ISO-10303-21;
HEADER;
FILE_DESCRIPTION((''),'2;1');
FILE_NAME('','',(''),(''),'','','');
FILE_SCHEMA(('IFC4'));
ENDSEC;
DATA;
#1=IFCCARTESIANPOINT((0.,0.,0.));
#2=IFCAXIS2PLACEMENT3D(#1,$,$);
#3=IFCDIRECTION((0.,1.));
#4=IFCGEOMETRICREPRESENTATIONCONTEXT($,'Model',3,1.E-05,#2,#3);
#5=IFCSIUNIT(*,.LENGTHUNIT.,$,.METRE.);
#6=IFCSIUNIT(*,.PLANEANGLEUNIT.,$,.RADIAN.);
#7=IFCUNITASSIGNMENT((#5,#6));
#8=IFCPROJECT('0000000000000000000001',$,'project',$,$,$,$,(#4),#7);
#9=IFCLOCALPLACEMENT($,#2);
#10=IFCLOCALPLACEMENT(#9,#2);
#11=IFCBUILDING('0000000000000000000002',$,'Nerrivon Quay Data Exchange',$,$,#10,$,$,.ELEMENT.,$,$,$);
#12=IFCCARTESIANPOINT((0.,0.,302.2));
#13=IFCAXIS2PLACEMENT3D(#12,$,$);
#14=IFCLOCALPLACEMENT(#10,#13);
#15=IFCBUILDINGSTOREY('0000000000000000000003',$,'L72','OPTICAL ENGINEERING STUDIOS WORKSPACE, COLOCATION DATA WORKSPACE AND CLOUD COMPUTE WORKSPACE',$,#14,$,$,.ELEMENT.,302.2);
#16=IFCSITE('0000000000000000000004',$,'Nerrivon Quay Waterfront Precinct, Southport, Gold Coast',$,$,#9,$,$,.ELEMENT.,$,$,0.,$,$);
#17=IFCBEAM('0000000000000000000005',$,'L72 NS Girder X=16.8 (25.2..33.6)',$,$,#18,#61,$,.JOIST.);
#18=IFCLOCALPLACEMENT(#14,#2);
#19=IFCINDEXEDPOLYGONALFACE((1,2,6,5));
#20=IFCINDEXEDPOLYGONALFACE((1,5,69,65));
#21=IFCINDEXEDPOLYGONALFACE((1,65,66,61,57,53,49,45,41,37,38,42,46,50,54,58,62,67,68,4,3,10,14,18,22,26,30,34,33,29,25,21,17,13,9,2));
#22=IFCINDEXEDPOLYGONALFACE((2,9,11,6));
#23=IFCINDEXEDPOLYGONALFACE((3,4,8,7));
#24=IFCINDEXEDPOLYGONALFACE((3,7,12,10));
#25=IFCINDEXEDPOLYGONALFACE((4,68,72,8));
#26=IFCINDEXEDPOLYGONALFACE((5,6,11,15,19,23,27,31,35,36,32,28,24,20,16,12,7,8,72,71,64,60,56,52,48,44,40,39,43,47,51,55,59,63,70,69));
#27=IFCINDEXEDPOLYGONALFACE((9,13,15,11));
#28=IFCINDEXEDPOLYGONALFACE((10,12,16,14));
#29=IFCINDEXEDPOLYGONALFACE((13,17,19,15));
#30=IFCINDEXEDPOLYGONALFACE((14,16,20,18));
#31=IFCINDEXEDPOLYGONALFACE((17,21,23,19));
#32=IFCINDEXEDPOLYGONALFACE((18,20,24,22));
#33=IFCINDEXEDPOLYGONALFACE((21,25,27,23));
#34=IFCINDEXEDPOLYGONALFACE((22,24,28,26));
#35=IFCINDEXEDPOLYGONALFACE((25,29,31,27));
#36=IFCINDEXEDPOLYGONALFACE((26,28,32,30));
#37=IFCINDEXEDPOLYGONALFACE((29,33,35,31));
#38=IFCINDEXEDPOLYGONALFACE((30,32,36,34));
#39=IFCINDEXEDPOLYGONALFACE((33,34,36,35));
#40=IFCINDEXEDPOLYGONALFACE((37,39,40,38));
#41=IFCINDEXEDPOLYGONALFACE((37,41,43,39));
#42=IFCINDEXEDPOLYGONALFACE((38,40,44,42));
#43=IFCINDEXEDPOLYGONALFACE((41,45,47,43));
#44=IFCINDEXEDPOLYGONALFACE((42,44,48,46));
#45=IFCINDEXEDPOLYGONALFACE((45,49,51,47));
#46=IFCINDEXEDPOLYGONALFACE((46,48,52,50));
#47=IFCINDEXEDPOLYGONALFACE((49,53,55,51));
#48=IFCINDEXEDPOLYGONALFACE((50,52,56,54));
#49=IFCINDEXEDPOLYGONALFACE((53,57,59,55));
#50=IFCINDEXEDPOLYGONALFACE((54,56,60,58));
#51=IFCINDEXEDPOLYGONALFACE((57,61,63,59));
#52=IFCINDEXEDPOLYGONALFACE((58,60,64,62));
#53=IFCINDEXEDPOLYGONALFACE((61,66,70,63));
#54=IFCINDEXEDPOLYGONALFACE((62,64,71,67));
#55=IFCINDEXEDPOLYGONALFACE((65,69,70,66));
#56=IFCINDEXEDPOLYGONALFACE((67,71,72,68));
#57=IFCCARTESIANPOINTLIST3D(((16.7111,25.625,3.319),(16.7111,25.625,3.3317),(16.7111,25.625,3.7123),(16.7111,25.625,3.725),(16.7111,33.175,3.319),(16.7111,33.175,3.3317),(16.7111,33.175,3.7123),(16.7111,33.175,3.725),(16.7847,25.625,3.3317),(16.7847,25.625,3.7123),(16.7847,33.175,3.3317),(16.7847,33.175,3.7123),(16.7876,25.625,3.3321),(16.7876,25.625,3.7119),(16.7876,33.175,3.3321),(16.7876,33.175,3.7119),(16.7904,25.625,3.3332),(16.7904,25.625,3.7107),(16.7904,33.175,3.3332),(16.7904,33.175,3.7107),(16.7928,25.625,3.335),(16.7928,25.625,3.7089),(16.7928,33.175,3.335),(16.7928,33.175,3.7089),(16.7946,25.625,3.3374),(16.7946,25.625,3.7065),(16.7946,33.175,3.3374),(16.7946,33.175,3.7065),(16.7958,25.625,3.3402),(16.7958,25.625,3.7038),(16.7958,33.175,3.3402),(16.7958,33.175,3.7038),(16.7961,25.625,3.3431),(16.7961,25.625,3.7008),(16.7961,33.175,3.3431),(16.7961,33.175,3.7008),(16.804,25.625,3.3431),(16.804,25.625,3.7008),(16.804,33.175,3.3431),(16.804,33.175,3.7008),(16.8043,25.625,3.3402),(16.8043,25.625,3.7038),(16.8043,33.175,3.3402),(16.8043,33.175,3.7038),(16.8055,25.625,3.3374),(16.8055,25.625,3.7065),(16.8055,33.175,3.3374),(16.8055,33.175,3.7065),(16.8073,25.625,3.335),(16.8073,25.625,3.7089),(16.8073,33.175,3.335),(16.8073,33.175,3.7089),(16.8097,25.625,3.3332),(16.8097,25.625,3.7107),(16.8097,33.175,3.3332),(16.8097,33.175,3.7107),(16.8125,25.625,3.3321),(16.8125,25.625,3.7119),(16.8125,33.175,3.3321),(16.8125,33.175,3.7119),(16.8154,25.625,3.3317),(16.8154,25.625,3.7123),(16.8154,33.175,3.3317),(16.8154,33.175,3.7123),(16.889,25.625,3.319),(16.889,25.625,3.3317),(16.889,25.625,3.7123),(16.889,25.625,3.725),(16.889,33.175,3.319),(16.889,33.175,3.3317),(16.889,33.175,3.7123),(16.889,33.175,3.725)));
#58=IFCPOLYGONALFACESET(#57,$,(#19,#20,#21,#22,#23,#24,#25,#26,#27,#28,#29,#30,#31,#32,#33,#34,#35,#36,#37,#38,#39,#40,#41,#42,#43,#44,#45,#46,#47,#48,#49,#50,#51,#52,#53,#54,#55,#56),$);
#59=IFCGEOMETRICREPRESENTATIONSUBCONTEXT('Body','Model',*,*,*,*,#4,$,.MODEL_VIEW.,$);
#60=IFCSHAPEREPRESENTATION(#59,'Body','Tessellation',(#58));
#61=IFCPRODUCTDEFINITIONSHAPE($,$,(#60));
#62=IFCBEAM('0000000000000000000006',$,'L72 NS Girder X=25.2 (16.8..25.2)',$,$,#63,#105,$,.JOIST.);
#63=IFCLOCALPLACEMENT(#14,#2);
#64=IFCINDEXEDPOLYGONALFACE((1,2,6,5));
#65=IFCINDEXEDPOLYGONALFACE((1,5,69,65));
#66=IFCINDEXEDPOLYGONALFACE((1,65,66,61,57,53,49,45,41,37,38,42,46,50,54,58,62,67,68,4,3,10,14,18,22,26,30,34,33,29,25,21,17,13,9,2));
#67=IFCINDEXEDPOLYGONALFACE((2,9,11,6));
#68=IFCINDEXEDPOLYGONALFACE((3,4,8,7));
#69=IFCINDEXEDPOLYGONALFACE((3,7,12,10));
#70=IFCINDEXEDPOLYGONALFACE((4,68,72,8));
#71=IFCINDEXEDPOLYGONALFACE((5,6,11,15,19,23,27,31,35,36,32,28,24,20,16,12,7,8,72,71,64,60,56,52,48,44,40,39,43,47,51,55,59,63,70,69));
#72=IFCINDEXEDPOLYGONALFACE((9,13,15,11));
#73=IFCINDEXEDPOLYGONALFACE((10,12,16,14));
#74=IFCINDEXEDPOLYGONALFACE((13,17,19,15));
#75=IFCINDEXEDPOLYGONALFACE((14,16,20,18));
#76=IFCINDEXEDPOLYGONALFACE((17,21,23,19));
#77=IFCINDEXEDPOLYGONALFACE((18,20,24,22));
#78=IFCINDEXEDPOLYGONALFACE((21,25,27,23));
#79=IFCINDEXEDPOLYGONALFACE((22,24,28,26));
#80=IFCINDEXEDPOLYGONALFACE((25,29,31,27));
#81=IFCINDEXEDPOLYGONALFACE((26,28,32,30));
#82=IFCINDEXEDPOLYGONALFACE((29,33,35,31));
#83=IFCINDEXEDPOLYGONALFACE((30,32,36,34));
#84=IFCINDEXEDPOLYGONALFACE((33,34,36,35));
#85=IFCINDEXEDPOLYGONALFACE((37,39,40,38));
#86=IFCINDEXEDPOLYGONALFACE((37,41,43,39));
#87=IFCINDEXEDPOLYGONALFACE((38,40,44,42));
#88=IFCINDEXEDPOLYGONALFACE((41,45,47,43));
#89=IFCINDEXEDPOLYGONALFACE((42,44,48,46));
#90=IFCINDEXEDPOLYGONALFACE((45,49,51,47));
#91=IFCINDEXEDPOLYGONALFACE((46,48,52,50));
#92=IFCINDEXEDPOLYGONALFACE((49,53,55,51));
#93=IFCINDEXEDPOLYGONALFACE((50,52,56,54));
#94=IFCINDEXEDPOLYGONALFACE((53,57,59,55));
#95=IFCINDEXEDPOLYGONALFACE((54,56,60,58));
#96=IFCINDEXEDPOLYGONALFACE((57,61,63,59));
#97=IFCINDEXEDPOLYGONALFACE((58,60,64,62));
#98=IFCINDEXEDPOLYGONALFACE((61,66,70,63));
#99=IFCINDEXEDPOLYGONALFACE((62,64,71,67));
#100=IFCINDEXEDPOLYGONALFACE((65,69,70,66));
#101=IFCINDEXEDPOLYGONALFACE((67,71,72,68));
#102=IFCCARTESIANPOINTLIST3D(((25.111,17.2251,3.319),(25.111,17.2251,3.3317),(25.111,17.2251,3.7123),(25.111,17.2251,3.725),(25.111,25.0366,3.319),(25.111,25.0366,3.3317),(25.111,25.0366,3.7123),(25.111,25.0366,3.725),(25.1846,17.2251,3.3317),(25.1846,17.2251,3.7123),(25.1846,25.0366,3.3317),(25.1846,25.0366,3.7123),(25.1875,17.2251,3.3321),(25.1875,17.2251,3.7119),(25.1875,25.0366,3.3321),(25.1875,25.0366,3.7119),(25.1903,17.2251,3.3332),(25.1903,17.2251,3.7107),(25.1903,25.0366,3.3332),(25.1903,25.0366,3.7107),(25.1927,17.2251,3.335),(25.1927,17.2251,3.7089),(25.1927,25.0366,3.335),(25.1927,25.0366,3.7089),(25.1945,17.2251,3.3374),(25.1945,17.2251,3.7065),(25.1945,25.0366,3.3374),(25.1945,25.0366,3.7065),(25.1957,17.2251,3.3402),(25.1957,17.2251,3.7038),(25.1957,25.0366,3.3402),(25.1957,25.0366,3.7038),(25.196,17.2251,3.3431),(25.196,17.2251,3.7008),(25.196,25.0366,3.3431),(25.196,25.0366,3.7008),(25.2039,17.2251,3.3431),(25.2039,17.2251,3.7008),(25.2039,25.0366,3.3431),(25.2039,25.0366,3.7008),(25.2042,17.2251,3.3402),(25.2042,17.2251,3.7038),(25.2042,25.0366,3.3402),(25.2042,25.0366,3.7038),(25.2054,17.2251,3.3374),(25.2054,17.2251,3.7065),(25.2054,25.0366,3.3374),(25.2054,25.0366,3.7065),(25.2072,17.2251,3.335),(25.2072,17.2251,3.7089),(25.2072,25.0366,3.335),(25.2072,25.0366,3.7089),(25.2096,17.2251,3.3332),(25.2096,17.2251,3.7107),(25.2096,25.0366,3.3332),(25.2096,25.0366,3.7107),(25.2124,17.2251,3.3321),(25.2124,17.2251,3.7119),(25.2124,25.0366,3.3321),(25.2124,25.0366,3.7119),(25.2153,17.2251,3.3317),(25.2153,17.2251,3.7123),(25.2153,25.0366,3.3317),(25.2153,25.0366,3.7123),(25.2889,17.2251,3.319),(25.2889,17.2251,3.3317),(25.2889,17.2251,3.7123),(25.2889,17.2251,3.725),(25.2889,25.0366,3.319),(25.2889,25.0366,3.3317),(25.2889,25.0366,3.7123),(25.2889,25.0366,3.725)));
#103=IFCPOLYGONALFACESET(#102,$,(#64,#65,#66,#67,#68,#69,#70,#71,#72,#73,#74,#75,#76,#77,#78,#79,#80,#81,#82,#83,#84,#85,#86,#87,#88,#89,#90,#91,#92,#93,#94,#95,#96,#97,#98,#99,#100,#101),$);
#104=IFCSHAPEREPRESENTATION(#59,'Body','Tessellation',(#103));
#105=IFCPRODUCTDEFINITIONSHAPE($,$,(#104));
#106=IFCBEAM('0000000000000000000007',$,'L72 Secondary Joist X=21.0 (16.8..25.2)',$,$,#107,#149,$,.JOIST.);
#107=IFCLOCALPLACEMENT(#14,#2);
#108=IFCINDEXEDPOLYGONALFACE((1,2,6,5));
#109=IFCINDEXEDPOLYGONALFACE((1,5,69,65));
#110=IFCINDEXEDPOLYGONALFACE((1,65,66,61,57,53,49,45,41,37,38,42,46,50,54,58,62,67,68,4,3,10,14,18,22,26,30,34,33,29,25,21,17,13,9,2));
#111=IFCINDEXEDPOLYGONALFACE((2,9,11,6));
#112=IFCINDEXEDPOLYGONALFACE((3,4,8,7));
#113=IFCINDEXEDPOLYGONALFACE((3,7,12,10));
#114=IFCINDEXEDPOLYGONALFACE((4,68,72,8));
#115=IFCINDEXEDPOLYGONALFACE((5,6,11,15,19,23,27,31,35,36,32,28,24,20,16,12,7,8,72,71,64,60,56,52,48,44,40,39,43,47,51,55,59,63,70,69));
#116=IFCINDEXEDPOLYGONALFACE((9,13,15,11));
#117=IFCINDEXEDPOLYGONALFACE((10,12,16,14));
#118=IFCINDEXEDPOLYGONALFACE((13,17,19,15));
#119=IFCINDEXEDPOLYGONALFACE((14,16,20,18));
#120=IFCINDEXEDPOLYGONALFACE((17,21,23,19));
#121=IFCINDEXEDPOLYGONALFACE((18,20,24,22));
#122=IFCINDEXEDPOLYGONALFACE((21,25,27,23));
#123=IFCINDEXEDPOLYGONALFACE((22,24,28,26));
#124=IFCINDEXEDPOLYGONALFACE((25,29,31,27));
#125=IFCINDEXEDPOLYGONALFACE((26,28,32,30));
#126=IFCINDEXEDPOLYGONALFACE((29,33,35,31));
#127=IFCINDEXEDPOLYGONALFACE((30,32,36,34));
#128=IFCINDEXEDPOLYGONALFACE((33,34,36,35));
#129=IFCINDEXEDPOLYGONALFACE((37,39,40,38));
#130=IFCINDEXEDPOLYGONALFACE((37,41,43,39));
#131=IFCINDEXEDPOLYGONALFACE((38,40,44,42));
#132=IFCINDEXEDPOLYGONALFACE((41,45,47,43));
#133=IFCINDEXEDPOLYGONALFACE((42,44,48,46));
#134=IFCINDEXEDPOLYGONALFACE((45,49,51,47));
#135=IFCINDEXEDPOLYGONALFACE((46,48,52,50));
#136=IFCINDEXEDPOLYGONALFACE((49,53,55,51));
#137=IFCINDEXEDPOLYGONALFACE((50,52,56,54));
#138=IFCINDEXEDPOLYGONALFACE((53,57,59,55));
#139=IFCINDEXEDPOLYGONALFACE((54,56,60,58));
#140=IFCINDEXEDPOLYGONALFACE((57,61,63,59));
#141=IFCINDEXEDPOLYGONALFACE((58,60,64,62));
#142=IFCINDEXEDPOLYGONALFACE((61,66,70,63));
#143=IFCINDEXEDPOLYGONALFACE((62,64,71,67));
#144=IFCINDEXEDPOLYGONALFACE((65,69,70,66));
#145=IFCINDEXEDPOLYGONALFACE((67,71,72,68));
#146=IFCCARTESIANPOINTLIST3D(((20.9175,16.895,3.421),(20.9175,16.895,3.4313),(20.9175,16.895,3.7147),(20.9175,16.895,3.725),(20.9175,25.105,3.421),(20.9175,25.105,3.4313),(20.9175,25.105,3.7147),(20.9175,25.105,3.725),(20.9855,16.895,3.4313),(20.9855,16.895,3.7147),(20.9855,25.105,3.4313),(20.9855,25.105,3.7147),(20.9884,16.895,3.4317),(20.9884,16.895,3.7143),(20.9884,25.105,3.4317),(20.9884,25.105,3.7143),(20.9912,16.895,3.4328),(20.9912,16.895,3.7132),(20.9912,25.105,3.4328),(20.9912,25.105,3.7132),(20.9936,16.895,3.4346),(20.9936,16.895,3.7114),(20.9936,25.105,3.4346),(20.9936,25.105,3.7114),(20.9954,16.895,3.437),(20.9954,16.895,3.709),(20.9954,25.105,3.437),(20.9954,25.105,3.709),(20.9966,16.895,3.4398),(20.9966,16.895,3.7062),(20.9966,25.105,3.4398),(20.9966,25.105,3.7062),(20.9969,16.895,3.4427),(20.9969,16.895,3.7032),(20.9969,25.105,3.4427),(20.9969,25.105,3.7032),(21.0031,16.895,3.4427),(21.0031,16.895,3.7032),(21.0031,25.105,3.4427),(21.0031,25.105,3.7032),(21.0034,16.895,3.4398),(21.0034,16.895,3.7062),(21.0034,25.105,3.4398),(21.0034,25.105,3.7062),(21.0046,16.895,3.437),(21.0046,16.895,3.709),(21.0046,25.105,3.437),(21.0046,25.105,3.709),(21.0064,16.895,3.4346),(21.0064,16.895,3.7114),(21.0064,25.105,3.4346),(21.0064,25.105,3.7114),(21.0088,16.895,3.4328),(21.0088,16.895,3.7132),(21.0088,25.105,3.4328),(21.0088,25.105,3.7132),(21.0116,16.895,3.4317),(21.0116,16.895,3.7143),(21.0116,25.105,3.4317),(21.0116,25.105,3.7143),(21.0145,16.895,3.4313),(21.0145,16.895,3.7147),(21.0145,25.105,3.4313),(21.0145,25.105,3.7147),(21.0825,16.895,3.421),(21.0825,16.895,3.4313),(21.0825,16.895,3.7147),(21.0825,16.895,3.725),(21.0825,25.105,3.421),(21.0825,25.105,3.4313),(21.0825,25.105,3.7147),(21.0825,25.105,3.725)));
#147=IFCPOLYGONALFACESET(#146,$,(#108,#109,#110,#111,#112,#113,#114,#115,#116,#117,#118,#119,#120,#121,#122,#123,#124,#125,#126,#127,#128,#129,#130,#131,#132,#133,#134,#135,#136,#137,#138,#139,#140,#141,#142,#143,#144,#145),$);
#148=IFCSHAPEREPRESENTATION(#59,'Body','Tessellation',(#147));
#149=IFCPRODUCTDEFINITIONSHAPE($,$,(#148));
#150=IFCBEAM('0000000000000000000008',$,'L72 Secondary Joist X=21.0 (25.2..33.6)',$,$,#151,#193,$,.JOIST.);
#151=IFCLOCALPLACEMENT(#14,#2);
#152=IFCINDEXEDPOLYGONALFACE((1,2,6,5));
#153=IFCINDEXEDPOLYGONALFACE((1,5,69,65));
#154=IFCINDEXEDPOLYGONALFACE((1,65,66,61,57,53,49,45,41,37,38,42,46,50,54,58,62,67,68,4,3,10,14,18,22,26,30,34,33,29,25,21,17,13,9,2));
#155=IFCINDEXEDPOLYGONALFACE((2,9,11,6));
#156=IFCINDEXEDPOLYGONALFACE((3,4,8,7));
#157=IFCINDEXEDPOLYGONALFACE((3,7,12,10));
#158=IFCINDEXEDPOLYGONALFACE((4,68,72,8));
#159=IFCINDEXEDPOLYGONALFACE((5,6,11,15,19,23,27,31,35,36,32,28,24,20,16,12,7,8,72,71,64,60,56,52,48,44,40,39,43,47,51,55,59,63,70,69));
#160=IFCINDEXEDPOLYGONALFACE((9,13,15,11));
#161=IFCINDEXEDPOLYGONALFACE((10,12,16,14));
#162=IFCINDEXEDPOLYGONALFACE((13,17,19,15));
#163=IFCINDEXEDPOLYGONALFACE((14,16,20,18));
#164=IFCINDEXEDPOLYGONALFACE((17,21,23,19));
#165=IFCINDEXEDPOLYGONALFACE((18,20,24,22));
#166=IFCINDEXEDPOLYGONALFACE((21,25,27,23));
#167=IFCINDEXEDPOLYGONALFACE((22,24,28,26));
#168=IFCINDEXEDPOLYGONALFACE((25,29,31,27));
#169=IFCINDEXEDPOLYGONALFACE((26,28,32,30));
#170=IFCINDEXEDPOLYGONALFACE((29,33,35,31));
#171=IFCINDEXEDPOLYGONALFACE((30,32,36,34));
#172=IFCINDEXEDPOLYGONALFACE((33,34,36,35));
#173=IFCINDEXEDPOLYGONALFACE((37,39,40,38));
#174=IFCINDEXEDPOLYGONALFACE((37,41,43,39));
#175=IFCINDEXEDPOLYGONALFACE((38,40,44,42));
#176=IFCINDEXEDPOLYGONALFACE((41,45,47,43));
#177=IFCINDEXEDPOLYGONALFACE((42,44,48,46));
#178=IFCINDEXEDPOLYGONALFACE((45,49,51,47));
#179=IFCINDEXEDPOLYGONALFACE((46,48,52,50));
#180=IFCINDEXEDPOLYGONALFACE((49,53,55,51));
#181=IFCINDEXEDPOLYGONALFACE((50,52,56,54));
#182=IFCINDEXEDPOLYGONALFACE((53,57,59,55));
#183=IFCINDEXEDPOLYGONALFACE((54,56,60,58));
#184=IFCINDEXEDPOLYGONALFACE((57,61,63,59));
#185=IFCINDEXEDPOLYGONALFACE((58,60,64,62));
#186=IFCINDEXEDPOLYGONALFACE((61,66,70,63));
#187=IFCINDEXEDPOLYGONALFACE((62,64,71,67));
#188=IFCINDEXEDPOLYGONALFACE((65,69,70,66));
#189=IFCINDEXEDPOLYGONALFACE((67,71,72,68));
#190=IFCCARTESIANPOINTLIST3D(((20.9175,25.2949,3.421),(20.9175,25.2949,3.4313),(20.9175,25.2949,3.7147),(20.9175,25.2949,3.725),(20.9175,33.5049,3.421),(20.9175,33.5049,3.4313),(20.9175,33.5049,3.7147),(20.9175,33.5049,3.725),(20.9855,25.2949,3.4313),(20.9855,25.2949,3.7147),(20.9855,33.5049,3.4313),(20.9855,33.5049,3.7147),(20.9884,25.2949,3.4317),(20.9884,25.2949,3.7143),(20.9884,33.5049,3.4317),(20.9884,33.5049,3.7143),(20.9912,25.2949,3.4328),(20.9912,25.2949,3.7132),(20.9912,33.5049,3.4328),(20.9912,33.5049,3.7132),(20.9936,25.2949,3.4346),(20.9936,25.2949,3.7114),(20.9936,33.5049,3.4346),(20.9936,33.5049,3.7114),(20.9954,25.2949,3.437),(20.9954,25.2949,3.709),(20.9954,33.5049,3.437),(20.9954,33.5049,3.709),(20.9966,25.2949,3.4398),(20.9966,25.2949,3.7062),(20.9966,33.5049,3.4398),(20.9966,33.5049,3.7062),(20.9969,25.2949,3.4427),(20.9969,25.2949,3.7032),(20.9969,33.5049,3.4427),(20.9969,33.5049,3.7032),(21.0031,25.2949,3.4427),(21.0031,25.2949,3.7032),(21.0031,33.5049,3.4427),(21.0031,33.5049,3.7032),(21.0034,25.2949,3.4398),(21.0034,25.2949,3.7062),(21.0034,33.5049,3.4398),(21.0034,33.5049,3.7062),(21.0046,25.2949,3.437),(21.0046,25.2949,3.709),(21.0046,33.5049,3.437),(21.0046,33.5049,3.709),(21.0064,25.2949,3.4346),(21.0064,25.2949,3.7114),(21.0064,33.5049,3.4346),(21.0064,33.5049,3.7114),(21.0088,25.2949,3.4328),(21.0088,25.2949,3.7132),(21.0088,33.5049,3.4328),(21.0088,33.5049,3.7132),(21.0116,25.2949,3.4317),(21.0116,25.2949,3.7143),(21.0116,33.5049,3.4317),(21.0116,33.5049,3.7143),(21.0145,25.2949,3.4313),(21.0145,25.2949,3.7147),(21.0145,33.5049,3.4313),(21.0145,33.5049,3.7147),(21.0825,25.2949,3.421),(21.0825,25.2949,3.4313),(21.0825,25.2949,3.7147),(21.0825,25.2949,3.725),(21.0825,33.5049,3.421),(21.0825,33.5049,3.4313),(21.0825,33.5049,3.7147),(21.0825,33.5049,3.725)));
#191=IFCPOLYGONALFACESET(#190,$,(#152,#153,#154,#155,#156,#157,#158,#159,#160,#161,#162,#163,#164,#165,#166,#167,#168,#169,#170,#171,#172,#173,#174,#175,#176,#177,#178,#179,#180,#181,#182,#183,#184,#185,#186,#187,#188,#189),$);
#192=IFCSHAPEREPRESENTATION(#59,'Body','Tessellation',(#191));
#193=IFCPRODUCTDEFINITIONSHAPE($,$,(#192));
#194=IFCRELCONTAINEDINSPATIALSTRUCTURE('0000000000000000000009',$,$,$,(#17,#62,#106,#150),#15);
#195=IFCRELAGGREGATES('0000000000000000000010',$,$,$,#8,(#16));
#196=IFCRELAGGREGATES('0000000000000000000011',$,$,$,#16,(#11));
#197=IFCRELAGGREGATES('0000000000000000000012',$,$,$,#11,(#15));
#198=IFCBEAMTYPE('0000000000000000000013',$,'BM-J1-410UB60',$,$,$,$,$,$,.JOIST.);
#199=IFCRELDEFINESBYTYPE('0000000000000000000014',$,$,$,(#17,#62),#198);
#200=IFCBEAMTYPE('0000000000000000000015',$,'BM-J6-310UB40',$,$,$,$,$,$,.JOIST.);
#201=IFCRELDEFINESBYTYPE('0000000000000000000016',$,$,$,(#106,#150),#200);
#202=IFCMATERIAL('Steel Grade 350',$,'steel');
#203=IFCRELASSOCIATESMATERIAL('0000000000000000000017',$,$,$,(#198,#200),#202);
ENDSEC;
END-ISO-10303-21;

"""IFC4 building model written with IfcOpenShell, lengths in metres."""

from ifc_helpers import new_model, si_unit, direction, frame, origin, origin_2d, place, context, subcontext, project, spatial, i_section, extrude, material, material_profile, profile_set, type_object, element, save


model = new_model("IFC4")

# Units and contexts
model_context = context("Model", 3, precision=1e-05, world=origin(), true_north=direction((0.0, 1.0)))
body_context = subcontext(model_context, "Body", "Model", "MODEL_VIEW")
ifc_project = project(units=[si_unit("LENGTHUNIT", "METRE"), si_unit("PLANEANGLEUNIT", "RADIAN")], contexts=[model_context])

# Site, building, storey
site_placement = place(None, origin())
site = spatial("IfcSite", under=ifc_project, at=site_placement, Name="Nerrivon Quay Waterfront Precinct, Southport, Gold Coast", CompositionType="ELEMENT", RefElevation=0.0)
building_placement = place(site_placement, origin())
building = spatial("IfcBuilding", under=site, at=building_placement, Name="Nerrivon Quay Data Exchange", CompositionType="ELEMENT")
storey_placement = place(building_placement, frame((0.0, 0.0, 302.2)))
storey = spatial("IfcBuildingStorey", under=building, at=storey_placement, Name="L72", Description="OPTICAL ENGINEERING STUDIOS WORKSPACE, COLOCATION DATA WORKSPACE AND CLOUD COMPUTE WORKSPACE", CompositionType="ELEMENT", Elevation=302.2)

# Shared definitions
ifc_material_1 = material(Name="Steel Grade 350", Category="steel")

# Beams
ifc_material_profile_1 = material_profile(ifc_material_1, i_section(OverallWidth=0.178, OverallDepth=0.406, WebThickness=0.0078, FlangeThickness=0.0127, FilletRadius=0.0115, at=origin_2d()), Name="410UB59.7")
ifc_profile_set_1 = profile_set([ifc_material_profile_1], Name="Steel Grade 350")
beam_type_1 = type_object("IfcBeamType", Name="BM-J1-410UB60", PredefinedType="JOIST", material=ifc_profile_set_1)
beam_1_placement = place(storey_placement, frame((16.8, 25.625, 3.522), z_axis=(0.0, 1.0, 0.0), x_axis=(-1.0, 0.0, 0.0)))
element("IfcBeam", 1, at=beam_1_placement, inside=storey, type_object=beam_type_1, Name="L72 NS Girder X=16.8 (25.2..33.6)", PredefinedType="JOIST", context=body_context, shape_type="SweptSolid", body=[
    extrude(i_section(OverallWidth=0.178, OverallDepth=0.406, WebThickness=0.0078, FlangeThickness=0.0127, FilletRadius=0.0115, at=origin_2d()), origin(), (0.0, 0.0, 1.0), 7.55),
])
beam_2_placement = place(storey_placement, frame((25.2, 17.2251, 3.522), z_axis=(0.0, 1.0, 0.0), x_axis=(-1.0, 0.0, 0.0)))
element("IfcBeam", 2, at=beam_2_placement, inside=storey, type_object=beam_type_1, Name="L72 NS Girder X=25.2 (16.8..25.2)", PredefinedType="JOIST", context=body_context, shape_type="SweptSolid", body=[
    extrude(i_section(OverallWidth=0.178, OverallDepth=0.406, WebThickness=0.0078, FlangeThickness=0.0127, FilletRadius=0.0115, at=origin_2d()), origin(), (0.0, 0.0, 1.0), 7.8115),
])
ifc_material_profile_2 = material_profile(ifc_material_1, i_section(OverallWidth=0.165, OverallDepth=0.304, WebThickness=0.0061, FlangeThickness=0.0103, FilletRadius=0.0115, at=origin_2d()), Name="310UB40.4")
ifc_profile_set_2 = profile_set([ifc_material_profile_2], Name="Steel Grade 350")
beam_type_2 = type_object("IfcBeamType", Name="BM-J6-310UB40", PredefinedType="JOIST", material=ifc_profile_set_2)
for number, where, z_axis, x_axis, name in (
    (3, (21.0, 16.895, 3.573), (0.0, 1.0, 0.0), (-1.0, 0.0, 0.0), "L72 Secondary Joist X=21.0 (16.8..25.2)"),
    (4, (21.0, 25.2949, 3.573), (0.0, 1.0, 0.0), (-1.0, 0.0, 0.0), "L72 Secondary Joist X=21.0 (25.2..33.6)"),
):
    element("IfcBeam", number, at=place(storey_placement, frame(where, z_axis=z_axis, x_axis=x_axis)), inside=storey, type_object=beam_type_2, Name=name, PredefinedType="JOIST", context=body_context, shape_type="SweptSolid", body=[
        extrude(i_section(OverallWidth=0.165, OverallDepth=0.304, WebThickness=0.0061, FlangeThickness=0.0103, FilletRadius=0.0115, at=origin_2d()), origin(), (0.0, 0.0, 1.0), 8.21),
    ])

save(model, "model.ifc")
